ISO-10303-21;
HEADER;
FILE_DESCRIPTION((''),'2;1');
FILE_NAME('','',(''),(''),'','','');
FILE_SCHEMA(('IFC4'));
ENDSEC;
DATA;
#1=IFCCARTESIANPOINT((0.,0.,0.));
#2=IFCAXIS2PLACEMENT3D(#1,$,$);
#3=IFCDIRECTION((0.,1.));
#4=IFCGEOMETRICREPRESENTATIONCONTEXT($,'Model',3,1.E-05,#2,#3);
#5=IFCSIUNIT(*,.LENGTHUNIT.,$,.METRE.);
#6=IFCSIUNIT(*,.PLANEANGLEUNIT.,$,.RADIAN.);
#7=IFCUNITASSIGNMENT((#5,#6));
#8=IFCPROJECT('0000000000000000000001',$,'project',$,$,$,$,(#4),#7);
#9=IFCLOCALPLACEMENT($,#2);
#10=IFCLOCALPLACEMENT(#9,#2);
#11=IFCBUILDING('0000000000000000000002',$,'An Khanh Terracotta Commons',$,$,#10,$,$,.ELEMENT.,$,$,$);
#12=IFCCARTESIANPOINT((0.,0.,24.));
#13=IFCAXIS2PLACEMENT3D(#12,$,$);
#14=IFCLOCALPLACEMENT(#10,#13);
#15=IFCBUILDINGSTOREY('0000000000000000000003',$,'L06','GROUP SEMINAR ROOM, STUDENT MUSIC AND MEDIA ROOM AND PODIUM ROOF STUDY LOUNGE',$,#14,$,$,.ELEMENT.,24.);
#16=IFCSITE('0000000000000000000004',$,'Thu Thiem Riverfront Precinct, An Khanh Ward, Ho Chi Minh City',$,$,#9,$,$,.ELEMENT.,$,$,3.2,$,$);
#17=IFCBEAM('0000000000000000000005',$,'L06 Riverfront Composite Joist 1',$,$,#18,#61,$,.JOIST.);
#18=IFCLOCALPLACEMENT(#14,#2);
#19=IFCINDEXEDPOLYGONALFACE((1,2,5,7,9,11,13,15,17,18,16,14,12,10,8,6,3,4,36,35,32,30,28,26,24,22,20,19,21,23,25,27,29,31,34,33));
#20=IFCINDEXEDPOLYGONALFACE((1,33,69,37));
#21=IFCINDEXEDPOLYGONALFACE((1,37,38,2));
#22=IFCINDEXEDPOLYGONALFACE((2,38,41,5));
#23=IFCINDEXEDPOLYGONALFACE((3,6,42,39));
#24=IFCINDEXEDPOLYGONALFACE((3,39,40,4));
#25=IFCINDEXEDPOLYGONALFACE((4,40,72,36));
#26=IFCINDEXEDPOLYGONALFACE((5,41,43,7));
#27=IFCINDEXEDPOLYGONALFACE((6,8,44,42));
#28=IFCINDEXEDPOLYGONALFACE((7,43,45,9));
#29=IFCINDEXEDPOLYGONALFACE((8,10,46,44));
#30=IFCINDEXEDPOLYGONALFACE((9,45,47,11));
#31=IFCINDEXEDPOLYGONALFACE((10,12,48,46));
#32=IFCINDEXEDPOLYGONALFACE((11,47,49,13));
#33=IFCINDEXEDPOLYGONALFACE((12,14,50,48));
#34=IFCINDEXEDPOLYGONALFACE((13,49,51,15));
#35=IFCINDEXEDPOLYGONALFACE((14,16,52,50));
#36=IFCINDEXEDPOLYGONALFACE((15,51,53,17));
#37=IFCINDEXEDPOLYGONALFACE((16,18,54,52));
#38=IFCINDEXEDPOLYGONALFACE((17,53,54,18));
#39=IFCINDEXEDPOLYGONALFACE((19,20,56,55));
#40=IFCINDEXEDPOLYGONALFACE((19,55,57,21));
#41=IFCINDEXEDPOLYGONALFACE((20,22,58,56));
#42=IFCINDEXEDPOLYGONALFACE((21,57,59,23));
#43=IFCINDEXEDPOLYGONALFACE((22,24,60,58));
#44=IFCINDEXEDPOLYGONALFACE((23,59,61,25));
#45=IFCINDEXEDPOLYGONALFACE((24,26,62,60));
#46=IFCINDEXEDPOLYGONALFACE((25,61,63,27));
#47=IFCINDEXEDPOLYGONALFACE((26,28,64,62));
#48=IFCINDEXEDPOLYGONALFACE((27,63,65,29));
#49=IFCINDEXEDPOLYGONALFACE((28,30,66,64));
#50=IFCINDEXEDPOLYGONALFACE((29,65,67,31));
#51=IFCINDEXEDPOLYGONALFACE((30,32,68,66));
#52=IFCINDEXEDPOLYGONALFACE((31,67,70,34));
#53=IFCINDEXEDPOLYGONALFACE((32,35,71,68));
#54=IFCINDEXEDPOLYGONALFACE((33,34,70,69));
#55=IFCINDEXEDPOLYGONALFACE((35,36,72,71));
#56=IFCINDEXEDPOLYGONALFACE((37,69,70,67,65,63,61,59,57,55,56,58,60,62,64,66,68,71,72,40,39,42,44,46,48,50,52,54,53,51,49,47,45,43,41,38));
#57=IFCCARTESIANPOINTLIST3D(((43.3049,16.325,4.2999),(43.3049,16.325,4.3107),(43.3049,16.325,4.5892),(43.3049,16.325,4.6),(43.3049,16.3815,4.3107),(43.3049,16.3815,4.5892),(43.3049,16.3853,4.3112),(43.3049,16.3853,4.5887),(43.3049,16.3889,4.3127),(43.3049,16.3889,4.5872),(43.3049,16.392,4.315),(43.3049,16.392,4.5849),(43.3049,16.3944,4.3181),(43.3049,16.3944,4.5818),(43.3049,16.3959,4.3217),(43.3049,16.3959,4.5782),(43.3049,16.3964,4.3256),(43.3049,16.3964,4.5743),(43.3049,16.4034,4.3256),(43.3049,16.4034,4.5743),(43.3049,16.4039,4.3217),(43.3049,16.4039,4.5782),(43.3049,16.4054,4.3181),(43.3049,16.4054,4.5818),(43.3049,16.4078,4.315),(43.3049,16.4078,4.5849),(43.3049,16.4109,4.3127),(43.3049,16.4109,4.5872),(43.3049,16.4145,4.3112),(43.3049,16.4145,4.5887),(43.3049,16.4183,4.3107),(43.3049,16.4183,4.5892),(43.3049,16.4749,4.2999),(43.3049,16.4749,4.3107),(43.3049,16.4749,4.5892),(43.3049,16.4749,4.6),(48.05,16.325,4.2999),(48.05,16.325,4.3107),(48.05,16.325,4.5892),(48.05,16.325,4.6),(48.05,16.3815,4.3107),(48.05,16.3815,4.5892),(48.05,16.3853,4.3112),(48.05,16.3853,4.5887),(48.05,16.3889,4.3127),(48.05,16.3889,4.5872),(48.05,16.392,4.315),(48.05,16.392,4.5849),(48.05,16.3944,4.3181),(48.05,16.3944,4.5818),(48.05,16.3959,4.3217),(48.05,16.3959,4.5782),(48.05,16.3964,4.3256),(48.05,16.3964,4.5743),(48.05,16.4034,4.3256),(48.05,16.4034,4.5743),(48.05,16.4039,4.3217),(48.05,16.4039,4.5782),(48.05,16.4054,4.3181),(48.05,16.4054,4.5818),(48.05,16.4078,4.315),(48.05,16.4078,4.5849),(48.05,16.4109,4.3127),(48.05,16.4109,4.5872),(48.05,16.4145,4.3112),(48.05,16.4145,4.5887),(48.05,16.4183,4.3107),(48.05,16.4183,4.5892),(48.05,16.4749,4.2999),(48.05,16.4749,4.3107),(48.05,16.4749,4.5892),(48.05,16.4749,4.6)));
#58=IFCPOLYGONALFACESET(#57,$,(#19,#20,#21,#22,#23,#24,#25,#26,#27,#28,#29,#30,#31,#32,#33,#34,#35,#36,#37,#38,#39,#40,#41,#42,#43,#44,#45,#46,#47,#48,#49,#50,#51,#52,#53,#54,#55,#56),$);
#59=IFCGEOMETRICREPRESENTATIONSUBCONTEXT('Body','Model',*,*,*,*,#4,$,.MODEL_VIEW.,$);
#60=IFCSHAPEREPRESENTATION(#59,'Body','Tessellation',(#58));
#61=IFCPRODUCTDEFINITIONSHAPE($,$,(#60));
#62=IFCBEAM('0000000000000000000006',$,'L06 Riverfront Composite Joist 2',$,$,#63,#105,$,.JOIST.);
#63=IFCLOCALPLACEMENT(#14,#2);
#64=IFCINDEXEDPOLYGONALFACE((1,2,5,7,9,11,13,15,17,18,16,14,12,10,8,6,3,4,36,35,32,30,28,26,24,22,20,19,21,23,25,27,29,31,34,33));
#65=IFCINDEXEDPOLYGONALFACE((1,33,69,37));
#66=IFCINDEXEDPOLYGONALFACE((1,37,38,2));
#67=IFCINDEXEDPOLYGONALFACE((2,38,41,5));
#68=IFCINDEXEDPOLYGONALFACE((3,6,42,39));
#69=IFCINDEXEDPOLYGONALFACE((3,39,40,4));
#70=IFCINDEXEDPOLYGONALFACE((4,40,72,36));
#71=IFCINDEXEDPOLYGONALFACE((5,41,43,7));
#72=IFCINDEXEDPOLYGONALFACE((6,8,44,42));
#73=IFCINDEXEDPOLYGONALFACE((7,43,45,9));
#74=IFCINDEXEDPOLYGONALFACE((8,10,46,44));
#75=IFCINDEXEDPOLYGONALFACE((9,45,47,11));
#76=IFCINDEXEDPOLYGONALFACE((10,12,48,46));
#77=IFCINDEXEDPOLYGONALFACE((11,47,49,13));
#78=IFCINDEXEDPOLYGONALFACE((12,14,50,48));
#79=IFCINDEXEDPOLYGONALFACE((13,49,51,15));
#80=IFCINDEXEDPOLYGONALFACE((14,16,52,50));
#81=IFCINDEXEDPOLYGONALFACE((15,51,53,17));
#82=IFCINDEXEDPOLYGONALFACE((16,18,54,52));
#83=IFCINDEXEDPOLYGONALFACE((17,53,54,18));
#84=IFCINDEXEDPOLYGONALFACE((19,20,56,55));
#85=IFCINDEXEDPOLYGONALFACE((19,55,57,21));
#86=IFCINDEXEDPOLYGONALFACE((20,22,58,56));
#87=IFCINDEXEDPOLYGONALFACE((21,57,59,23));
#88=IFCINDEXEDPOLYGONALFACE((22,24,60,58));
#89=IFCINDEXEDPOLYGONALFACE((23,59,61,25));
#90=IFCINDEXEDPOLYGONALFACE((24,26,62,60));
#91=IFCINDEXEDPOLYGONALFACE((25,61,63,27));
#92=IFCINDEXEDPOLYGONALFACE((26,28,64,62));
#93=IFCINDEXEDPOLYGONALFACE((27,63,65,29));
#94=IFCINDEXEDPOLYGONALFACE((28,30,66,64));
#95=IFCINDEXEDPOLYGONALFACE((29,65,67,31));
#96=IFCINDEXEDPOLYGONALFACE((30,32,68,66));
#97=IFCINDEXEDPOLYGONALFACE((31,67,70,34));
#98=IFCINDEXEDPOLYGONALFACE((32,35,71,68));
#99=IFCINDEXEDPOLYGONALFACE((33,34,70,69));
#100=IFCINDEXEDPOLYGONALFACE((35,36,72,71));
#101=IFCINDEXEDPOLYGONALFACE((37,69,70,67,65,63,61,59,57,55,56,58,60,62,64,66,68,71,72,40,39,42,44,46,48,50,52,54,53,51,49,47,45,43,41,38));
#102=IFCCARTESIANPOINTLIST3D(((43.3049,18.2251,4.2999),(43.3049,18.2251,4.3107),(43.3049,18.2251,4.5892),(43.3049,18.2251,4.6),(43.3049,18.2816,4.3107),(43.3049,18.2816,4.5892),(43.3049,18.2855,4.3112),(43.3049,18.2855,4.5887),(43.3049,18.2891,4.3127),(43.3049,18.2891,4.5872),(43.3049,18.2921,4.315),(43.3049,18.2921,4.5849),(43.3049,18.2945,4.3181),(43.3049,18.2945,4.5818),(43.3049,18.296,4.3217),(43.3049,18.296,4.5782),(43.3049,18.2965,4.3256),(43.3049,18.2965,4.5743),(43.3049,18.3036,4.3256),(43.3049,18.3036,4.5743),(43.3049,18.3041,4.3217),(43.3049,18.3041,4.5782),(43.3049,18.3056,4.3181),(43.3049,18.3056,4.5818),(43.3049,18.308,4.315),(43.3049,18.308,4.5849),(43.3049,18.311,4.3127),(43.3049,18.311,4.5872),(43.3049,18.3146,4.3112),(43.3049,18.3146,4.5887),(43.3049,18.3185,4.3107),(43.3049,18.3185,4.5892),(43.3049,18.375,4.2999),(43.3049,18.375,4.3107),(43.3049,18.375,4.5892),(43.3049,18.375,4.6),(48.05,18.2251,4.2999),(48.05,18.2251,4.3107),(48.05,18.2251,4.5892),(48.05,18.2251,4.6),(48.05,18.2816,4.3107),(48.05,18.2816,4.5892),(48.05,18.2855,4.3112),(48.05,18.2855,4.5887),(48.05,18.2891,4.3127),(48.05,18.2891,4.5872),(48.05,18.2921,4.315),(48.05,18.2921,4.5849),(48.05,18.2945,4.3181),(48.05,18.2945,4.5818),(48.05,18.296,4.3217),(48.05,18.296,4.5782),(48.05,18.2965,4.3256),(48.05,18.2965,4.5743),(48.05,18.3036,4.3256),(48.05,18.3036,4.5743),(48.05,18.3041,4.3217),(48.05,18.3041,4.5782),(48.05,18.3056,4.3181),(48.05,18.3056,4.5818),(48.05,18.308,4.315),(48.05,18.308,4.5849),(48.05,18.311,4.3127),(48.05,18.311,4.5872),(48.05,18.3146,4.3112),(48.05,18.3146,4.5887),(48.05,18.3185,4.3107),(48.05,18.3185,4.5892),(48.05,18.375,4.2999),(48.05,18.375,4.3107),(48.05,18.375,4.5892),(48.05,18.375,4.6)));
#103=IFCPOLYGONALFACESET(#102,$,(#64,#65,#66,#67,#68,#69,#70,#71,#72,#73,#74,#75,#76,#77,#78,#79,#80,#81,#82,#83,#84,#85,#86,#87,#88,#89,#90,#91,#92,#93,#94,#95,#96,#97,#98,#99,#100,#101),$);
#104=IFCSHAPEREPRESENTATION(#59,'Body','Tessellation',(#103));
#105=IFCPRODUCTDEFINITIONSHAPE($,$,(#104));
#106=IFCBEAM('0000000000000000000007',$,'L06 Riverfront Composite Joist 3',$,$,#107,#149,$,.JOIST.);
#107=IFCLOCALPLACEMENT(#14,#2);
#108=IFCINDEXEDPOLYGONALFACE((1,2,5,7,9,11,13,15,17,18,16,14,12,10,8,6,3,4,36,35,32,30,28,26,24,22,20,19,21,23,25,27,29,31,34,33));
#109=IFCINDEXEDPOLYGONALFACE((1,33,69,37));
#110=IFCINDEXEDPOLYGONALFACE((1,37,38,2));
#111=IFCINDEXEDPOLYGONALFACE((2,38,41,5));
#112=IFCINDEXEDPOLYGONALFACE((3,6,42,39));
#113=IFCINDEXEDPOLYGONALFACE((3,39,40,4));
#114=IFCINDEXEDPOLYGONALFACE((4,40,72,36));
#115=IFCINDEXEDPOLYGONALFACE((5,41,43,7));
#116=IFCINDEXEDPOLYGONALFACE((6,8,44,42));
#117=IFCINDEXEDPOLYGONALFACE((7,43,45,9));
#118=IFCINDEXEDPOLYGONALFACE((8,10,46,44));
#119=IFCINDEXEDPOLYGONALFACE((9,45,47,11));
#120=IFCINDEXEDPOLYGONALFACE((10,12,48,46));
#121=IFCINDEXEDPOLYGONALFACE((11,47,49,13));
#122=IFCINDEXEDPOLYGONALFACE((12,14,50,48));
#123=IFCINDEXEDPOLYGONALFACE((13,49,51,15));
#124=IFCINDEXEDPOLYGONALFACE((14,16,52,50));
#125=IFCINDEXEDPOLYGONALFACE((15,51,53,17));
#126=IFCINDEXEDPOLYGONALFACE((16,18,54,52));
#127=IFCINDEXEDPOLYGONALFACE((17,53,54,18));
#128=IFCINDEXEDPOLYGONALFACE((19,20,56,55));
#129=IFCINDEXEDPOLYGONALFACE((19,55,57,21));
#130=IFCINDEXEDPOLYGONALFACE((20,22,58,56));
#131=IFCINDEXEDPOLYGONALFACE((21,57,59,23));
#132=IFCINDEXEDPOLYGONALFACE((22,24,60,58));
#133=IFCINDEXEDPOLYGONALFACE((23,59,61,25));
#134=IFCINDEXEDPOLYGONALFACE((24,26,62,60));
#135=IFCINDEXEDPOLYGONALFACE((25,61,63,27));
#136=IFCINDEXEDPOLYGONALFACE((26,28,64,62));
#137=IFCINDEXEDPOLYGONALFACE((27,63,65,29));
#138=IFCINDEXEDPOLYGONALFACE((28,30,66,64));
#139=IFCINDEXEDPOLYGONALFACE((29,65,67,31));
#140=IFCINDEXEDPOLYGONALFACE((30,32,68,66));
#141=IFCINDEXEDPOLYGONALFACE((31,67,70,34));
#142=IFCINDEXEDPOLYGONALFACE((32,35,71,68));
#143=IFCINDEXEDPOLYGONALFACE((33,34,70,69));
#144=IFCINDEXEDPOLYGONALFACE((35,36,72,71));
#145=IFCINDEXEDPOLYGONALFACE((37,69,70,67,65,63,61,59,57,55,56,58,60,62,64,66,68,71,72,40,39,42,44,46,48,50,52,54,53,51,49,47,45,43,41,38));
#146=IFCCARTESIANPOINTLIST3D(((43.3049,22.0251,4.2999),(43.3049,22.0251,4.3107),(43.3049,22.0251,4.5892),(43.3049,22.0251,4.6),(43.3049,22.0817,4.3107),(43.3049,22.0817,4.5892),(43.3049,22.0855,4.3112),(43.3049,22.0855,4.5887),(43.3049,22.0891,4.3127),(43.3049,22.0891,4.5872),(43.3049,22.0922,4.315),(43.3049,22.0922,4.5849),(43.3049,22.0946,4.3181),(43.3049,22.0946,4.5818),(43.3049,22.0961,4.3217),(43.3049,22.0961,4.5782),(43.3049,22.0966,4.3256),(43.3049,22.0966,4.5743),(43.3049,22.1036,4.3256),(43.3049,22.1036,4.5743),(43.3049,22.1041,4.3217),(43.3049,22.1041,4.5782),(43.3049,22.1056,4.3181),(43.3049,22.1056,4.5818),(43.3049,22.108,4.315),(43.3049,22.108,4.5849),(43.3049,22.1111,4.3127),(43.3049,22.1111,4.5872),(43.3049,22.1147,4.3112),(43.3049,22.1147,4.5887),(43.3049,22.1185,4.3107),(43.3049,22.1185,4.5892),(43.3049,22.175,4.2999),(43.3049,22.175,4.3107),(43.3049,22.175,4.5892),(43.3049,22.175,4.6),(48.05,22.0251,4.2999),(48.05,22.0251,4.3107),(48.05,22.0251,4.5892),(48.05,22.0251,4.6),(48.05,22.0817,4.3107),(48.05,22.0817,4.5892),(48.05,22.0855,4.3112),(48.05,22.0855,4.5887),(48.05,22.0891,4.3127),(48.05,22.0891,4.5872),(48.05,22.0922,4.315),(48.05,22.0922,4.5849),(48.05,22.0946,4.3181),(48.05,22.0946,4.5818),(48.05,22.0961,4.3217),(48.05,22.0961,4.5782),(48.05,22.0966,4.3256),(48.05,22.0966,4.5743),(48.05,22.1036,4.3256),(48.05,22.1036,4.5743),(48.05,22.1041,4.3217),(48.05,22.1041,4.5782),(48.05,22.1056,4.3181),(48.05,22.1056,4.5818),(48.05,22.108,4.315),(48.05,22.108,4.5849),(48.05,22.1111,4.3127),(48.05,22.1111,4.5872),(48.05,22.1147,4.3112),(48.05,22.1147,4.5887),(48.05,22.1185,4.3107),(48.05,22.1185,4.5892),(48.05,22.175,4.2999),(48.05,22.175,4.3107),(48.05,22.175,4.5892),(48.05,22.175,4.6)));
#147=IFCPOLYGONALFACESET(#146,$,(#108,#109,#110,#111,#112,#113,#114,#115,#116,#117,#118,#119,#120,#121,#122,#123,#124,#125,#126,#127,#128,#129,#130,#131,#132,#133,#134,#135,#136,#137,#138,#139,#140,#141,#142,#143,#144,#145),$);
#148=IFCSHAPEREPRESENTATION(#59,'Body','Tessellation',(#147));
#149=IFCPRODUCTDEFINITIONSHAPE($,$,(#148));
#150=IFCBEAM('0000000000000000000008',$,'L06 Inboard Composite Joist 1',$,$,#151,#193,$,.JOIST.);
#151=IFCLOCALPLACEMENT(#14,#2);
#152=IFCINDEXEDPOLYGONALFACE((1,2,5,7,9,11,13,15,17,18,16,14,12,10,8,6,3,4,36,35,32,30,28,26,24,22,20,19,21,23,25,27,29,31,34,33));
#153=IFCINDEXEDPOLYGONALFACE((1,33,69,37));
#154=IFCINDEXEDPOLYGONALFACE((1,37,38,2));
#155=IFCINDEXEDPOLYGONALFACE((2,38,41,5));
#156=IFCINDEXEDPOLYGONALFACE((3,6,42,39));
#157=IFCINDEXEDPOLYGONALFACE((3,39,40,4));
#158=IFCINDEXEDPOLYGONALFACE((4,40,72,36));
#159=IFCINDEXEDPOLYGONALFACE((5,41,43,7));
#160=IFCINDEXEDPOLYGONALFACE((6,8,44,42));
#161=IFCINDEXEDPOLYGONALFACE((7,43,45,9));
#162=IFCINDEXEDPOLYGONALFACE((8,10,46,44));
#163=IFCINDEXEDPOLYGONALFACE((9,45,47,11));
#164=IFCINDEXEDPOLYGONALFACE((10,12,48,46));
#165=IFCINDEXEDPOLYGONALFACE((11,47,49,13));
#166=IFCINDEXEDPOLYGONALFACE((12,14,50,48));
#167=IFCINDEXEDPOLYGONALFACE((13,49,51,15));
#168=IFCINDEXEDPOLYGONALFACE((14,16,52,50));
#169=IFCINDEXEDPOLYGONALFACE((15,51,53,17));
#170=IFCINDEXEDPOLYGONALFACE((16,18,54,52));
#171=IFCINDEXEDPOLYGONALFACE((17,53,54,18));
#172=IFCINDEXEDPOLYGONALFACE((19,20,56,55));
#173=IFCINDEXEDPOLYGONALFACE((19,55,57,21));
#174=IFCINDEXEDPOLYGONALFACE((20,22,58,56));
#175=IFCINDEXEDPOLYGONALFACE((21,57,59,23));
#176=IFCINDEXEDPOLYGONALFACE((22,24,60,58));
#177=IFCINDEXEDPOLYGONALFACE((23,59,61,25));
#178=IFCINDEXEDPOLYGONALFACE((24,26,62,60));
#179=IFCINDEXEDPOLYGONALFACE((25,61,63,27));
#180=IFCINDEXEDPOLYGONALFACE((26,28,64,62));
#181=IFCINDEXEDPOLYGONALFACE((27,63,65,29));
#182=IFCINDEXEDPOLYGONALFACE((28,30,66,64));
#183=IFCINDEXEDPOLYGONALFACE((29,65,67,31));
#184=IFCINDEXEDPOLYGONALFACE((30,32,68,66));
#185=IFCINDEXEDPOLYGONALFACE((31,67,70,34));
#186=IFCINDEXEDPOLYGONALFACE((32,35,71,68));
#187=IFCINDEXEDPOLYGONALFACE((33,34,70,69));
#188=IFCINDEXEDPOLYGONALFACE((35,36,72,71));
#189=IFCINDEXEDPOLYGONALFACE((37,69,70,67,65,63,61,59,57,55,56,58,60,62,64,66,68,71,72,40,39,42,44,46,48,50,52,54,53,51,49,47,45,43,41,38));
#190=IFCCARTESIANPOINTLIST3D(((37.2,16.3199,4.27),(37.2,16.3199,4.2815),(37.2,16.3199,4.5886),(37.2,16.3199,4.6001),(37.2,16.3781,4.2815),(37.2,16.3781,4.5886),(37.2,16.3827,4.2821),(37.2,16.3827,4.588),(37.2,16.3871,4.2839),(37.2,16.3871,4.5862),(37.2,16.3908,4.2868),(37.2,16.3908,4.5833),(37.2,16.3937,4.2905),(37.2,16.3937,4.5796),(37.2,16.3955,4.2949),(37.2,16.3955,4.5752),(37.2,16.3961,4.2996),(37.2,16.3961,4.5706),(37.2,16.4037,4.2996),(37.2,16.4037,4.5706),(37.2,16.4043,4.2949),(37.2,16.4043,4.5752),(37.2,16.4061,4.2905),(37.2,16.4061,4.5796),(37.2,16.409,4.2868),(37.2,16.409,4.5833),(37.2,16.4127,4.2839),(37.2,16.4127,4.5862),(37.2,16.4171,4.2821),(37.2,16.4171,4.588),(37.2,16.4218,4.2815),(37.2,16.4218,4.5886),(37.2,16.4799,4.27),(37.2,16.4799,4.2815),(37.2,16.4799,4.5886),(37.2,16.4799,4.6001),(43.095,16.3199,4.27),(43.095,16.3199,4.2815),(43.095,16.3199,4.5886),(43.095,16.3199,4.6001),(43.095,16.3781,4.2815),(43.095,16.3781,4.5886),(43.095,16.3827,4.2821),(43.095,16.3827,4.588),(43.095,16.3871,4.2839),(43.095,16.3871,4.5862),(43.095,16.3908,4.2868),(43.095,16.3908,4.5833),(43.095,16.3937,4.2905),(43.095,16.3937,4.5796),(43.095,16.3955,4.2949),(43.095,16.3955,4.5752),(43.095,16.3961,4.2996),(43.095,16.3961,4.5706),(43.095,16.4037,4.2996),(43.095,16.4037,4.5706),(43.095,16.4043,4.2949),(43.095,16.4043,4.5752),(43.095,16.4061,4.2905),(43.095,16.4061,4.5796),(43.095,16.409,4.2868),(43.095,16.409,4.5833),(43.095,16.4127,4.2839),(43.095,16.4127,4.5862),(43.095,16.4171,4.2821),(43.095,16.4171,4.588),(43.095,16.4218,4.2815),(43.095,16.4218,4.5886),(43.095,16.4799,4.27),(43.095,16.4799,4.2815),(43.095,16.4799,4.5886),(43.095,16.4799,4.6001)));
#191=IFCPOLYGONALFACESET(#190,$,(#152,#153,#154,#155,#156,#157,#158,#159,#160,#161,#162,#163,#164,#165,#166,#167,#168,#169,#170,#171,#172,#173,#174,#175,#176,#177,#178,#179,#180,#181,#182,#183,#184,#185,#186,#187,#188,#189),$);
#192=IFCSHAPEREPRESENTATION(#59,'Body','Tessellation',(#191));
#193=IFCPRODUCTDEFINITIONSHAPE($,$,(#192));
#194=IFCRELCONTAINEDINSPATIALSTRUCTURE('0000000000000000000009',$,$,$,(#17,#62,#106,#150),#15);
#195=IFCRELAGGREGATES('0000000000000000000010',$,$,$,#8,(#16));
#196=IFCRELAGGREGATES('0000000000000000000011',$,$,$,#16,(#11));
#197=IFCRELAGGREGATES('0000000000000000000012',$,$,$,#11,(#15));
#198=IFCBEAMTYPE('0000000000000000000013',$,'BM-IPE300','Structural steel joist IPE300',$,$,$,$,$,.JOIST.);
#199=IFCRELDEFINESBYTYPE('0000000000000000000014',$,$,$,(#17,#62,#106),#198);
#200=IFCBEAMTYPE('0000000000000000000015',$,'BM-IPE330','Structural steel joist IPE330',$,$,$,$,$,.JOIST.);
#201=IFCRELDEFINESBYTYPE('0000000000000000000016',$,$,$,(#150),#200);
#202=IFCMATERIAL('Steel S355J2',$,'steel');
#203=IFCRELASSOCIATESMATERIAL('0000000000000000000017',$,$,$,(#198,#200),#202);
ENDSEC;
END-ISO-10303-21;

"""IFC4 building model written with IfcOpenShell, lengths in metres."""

from ifc_helpers import new_model, si_unit, direction, frame, origin, origin_2d, place, context, subcontext, project, spatial, i_section, extrude, material, material_profile, profile_set, type_object, element, save


model = new_model("IFC4")

# Units and contexts
model_context = context("Model", 3, precision=1e-05, world=origin(), true_north=direction((0.0, 1.0)))
body_context = subcontext(model_context, "Body", "Model", "MODEL_VIEW")
ifc_project = project(units=[si_unit("LENGTHUNIT", "METRE"), si_unit("PLANEANGLEUNIT", "RADIAN")], contexts=[model_context])

# Site, building, storey
site_placement = place(None, origin())
site = spatial("IfcSite", under=ifc_project, at=site_placement, Name="Thu Thiem Riverfront Precinct, An Khanh Ward, Ho Chi Minh City", CompositionType="ELEMENT", RefElevation=3.2)
building_placement = place(site_placement, origin())
building = spatial("IfcBuilding", under=site, at=building_placement, Name="An Khanh Terracotta Commons", CompositionType="ELEMENT")
storey_placement = place(building_placement, frame((0.0, 0.0, 24.0)))
storey = spatial("IfcBuildingStorey", under=building, at=storey_placement, Name="L06", Description="GROUP SEMINAR ROOM, STUDENT MUSIC AND MEDIA ROOM AND PODIUM ROOF STUDY LOUNGE", CompositionType="ELEMENT", Elevation=24.0)

# Beams
ifc_material_1 = material(Name="Steel S355J2", Category="steel")
ifc_material_profile_1 = material_profile(ifc_material_1, i_section(OverallWidth=0.1499, OverallDepth=0.3, WebThickness=0.0071, FlangeThickness=0.0107, FilletRadius=0.0149, at=origin_2d()), Name="IPE300")
ifc_profile_set_1 = profile_set([ifc_material_profile_1], Name="Steel S355J2")
beam_type_1 = type_object("IfcBeamType", Name="BM-IPE300", Description="Structural steel joist IPE300", PredefinedType="JOIST", material=ifc_profile_set_1)
for number, where, z_axis, x_axis, name in (
    (1, (43.3049, 16.3999, 4.45), (1.0, 0.0, 0.0), (0.0, 1.0, 0.0), "L06 Riverfront Composite Joist 1"),
    (2, (43.3049, 18.3, 4.45), (1.0, 0.0, 0.0), (0.0, 1.0, 0.0), "L06 Riverfront Composite Joist 2"),
    (3, (43.3049, 22.1001, 4.45), (1.0, 0.0, 0.0), (0.0, 1.0, 0.0), "L06 Riverfront Composite Joist 3"),
):
    element("IfcBeam", number, at=place(storey_placement, frame(where, z_axis=z_axis, x_axis=x_axis)), inside=storey, type_object=beam_type_1, Name=name, PredefinedType="JOIST", context=body_context, shape_type="SweptSolid", body=[
        extrude(i_section(OverallWidth=0.1499, OverallDepth=0.3, WebThickness=0.0071, FlangeThickness=0.0107, FilletRadius=0.0149, at=origin_2d()), origin(), (0.0, 0.0, 1.0), 4.7451),
    ])
ifc_material_profile_2 = material_profile(ifc_material_1, i_section(OverallWidth=0.1599, OverallDepth=0.3301, WebThickness=0.0076, FlangeThickness=0.0115, FilletRadius=0.0181, at=origin_2d()), Name="IPE330")
ifc_profile_set_2 = profile_set([ifc_material_profile_2], Name="Steel S355J2")
beam_type_2 = type_object("IfcBeamType", Name="BM-IPE330", Description="Structural steel joist IPE330", PredefinedType="JOIST", material=ifc_profile_set_2)
for number, where, z_axis, x_axis, name in (
    (4, (37.2, 16.3999, 4.4351), (1.0, 0.0, 0.0), (0.0, 1.0, 0.0), "L06 Inboard Composite Joist 1"),
):
    element("IfcBeam", number, at=place(storey_placement, frame(where, z_axis=z_axis, x_axis=x_axis)), inside=storey, type_object=beam_type_2, Name=name, PredefinedType="JOIST", context=body_context, shape_type="SweptSolid", body=[
        extrude(i_section(OverallWidth=0.1599, OverallDepth=0.3301, WebThickness=0.0076, FlangeThickness=0.0115, FilletRadius=0.0181, at=origin_2d()), origin(), (0.0, 0.0, 1.0), 5.895),
    ])

save(model, "model.ifc")
